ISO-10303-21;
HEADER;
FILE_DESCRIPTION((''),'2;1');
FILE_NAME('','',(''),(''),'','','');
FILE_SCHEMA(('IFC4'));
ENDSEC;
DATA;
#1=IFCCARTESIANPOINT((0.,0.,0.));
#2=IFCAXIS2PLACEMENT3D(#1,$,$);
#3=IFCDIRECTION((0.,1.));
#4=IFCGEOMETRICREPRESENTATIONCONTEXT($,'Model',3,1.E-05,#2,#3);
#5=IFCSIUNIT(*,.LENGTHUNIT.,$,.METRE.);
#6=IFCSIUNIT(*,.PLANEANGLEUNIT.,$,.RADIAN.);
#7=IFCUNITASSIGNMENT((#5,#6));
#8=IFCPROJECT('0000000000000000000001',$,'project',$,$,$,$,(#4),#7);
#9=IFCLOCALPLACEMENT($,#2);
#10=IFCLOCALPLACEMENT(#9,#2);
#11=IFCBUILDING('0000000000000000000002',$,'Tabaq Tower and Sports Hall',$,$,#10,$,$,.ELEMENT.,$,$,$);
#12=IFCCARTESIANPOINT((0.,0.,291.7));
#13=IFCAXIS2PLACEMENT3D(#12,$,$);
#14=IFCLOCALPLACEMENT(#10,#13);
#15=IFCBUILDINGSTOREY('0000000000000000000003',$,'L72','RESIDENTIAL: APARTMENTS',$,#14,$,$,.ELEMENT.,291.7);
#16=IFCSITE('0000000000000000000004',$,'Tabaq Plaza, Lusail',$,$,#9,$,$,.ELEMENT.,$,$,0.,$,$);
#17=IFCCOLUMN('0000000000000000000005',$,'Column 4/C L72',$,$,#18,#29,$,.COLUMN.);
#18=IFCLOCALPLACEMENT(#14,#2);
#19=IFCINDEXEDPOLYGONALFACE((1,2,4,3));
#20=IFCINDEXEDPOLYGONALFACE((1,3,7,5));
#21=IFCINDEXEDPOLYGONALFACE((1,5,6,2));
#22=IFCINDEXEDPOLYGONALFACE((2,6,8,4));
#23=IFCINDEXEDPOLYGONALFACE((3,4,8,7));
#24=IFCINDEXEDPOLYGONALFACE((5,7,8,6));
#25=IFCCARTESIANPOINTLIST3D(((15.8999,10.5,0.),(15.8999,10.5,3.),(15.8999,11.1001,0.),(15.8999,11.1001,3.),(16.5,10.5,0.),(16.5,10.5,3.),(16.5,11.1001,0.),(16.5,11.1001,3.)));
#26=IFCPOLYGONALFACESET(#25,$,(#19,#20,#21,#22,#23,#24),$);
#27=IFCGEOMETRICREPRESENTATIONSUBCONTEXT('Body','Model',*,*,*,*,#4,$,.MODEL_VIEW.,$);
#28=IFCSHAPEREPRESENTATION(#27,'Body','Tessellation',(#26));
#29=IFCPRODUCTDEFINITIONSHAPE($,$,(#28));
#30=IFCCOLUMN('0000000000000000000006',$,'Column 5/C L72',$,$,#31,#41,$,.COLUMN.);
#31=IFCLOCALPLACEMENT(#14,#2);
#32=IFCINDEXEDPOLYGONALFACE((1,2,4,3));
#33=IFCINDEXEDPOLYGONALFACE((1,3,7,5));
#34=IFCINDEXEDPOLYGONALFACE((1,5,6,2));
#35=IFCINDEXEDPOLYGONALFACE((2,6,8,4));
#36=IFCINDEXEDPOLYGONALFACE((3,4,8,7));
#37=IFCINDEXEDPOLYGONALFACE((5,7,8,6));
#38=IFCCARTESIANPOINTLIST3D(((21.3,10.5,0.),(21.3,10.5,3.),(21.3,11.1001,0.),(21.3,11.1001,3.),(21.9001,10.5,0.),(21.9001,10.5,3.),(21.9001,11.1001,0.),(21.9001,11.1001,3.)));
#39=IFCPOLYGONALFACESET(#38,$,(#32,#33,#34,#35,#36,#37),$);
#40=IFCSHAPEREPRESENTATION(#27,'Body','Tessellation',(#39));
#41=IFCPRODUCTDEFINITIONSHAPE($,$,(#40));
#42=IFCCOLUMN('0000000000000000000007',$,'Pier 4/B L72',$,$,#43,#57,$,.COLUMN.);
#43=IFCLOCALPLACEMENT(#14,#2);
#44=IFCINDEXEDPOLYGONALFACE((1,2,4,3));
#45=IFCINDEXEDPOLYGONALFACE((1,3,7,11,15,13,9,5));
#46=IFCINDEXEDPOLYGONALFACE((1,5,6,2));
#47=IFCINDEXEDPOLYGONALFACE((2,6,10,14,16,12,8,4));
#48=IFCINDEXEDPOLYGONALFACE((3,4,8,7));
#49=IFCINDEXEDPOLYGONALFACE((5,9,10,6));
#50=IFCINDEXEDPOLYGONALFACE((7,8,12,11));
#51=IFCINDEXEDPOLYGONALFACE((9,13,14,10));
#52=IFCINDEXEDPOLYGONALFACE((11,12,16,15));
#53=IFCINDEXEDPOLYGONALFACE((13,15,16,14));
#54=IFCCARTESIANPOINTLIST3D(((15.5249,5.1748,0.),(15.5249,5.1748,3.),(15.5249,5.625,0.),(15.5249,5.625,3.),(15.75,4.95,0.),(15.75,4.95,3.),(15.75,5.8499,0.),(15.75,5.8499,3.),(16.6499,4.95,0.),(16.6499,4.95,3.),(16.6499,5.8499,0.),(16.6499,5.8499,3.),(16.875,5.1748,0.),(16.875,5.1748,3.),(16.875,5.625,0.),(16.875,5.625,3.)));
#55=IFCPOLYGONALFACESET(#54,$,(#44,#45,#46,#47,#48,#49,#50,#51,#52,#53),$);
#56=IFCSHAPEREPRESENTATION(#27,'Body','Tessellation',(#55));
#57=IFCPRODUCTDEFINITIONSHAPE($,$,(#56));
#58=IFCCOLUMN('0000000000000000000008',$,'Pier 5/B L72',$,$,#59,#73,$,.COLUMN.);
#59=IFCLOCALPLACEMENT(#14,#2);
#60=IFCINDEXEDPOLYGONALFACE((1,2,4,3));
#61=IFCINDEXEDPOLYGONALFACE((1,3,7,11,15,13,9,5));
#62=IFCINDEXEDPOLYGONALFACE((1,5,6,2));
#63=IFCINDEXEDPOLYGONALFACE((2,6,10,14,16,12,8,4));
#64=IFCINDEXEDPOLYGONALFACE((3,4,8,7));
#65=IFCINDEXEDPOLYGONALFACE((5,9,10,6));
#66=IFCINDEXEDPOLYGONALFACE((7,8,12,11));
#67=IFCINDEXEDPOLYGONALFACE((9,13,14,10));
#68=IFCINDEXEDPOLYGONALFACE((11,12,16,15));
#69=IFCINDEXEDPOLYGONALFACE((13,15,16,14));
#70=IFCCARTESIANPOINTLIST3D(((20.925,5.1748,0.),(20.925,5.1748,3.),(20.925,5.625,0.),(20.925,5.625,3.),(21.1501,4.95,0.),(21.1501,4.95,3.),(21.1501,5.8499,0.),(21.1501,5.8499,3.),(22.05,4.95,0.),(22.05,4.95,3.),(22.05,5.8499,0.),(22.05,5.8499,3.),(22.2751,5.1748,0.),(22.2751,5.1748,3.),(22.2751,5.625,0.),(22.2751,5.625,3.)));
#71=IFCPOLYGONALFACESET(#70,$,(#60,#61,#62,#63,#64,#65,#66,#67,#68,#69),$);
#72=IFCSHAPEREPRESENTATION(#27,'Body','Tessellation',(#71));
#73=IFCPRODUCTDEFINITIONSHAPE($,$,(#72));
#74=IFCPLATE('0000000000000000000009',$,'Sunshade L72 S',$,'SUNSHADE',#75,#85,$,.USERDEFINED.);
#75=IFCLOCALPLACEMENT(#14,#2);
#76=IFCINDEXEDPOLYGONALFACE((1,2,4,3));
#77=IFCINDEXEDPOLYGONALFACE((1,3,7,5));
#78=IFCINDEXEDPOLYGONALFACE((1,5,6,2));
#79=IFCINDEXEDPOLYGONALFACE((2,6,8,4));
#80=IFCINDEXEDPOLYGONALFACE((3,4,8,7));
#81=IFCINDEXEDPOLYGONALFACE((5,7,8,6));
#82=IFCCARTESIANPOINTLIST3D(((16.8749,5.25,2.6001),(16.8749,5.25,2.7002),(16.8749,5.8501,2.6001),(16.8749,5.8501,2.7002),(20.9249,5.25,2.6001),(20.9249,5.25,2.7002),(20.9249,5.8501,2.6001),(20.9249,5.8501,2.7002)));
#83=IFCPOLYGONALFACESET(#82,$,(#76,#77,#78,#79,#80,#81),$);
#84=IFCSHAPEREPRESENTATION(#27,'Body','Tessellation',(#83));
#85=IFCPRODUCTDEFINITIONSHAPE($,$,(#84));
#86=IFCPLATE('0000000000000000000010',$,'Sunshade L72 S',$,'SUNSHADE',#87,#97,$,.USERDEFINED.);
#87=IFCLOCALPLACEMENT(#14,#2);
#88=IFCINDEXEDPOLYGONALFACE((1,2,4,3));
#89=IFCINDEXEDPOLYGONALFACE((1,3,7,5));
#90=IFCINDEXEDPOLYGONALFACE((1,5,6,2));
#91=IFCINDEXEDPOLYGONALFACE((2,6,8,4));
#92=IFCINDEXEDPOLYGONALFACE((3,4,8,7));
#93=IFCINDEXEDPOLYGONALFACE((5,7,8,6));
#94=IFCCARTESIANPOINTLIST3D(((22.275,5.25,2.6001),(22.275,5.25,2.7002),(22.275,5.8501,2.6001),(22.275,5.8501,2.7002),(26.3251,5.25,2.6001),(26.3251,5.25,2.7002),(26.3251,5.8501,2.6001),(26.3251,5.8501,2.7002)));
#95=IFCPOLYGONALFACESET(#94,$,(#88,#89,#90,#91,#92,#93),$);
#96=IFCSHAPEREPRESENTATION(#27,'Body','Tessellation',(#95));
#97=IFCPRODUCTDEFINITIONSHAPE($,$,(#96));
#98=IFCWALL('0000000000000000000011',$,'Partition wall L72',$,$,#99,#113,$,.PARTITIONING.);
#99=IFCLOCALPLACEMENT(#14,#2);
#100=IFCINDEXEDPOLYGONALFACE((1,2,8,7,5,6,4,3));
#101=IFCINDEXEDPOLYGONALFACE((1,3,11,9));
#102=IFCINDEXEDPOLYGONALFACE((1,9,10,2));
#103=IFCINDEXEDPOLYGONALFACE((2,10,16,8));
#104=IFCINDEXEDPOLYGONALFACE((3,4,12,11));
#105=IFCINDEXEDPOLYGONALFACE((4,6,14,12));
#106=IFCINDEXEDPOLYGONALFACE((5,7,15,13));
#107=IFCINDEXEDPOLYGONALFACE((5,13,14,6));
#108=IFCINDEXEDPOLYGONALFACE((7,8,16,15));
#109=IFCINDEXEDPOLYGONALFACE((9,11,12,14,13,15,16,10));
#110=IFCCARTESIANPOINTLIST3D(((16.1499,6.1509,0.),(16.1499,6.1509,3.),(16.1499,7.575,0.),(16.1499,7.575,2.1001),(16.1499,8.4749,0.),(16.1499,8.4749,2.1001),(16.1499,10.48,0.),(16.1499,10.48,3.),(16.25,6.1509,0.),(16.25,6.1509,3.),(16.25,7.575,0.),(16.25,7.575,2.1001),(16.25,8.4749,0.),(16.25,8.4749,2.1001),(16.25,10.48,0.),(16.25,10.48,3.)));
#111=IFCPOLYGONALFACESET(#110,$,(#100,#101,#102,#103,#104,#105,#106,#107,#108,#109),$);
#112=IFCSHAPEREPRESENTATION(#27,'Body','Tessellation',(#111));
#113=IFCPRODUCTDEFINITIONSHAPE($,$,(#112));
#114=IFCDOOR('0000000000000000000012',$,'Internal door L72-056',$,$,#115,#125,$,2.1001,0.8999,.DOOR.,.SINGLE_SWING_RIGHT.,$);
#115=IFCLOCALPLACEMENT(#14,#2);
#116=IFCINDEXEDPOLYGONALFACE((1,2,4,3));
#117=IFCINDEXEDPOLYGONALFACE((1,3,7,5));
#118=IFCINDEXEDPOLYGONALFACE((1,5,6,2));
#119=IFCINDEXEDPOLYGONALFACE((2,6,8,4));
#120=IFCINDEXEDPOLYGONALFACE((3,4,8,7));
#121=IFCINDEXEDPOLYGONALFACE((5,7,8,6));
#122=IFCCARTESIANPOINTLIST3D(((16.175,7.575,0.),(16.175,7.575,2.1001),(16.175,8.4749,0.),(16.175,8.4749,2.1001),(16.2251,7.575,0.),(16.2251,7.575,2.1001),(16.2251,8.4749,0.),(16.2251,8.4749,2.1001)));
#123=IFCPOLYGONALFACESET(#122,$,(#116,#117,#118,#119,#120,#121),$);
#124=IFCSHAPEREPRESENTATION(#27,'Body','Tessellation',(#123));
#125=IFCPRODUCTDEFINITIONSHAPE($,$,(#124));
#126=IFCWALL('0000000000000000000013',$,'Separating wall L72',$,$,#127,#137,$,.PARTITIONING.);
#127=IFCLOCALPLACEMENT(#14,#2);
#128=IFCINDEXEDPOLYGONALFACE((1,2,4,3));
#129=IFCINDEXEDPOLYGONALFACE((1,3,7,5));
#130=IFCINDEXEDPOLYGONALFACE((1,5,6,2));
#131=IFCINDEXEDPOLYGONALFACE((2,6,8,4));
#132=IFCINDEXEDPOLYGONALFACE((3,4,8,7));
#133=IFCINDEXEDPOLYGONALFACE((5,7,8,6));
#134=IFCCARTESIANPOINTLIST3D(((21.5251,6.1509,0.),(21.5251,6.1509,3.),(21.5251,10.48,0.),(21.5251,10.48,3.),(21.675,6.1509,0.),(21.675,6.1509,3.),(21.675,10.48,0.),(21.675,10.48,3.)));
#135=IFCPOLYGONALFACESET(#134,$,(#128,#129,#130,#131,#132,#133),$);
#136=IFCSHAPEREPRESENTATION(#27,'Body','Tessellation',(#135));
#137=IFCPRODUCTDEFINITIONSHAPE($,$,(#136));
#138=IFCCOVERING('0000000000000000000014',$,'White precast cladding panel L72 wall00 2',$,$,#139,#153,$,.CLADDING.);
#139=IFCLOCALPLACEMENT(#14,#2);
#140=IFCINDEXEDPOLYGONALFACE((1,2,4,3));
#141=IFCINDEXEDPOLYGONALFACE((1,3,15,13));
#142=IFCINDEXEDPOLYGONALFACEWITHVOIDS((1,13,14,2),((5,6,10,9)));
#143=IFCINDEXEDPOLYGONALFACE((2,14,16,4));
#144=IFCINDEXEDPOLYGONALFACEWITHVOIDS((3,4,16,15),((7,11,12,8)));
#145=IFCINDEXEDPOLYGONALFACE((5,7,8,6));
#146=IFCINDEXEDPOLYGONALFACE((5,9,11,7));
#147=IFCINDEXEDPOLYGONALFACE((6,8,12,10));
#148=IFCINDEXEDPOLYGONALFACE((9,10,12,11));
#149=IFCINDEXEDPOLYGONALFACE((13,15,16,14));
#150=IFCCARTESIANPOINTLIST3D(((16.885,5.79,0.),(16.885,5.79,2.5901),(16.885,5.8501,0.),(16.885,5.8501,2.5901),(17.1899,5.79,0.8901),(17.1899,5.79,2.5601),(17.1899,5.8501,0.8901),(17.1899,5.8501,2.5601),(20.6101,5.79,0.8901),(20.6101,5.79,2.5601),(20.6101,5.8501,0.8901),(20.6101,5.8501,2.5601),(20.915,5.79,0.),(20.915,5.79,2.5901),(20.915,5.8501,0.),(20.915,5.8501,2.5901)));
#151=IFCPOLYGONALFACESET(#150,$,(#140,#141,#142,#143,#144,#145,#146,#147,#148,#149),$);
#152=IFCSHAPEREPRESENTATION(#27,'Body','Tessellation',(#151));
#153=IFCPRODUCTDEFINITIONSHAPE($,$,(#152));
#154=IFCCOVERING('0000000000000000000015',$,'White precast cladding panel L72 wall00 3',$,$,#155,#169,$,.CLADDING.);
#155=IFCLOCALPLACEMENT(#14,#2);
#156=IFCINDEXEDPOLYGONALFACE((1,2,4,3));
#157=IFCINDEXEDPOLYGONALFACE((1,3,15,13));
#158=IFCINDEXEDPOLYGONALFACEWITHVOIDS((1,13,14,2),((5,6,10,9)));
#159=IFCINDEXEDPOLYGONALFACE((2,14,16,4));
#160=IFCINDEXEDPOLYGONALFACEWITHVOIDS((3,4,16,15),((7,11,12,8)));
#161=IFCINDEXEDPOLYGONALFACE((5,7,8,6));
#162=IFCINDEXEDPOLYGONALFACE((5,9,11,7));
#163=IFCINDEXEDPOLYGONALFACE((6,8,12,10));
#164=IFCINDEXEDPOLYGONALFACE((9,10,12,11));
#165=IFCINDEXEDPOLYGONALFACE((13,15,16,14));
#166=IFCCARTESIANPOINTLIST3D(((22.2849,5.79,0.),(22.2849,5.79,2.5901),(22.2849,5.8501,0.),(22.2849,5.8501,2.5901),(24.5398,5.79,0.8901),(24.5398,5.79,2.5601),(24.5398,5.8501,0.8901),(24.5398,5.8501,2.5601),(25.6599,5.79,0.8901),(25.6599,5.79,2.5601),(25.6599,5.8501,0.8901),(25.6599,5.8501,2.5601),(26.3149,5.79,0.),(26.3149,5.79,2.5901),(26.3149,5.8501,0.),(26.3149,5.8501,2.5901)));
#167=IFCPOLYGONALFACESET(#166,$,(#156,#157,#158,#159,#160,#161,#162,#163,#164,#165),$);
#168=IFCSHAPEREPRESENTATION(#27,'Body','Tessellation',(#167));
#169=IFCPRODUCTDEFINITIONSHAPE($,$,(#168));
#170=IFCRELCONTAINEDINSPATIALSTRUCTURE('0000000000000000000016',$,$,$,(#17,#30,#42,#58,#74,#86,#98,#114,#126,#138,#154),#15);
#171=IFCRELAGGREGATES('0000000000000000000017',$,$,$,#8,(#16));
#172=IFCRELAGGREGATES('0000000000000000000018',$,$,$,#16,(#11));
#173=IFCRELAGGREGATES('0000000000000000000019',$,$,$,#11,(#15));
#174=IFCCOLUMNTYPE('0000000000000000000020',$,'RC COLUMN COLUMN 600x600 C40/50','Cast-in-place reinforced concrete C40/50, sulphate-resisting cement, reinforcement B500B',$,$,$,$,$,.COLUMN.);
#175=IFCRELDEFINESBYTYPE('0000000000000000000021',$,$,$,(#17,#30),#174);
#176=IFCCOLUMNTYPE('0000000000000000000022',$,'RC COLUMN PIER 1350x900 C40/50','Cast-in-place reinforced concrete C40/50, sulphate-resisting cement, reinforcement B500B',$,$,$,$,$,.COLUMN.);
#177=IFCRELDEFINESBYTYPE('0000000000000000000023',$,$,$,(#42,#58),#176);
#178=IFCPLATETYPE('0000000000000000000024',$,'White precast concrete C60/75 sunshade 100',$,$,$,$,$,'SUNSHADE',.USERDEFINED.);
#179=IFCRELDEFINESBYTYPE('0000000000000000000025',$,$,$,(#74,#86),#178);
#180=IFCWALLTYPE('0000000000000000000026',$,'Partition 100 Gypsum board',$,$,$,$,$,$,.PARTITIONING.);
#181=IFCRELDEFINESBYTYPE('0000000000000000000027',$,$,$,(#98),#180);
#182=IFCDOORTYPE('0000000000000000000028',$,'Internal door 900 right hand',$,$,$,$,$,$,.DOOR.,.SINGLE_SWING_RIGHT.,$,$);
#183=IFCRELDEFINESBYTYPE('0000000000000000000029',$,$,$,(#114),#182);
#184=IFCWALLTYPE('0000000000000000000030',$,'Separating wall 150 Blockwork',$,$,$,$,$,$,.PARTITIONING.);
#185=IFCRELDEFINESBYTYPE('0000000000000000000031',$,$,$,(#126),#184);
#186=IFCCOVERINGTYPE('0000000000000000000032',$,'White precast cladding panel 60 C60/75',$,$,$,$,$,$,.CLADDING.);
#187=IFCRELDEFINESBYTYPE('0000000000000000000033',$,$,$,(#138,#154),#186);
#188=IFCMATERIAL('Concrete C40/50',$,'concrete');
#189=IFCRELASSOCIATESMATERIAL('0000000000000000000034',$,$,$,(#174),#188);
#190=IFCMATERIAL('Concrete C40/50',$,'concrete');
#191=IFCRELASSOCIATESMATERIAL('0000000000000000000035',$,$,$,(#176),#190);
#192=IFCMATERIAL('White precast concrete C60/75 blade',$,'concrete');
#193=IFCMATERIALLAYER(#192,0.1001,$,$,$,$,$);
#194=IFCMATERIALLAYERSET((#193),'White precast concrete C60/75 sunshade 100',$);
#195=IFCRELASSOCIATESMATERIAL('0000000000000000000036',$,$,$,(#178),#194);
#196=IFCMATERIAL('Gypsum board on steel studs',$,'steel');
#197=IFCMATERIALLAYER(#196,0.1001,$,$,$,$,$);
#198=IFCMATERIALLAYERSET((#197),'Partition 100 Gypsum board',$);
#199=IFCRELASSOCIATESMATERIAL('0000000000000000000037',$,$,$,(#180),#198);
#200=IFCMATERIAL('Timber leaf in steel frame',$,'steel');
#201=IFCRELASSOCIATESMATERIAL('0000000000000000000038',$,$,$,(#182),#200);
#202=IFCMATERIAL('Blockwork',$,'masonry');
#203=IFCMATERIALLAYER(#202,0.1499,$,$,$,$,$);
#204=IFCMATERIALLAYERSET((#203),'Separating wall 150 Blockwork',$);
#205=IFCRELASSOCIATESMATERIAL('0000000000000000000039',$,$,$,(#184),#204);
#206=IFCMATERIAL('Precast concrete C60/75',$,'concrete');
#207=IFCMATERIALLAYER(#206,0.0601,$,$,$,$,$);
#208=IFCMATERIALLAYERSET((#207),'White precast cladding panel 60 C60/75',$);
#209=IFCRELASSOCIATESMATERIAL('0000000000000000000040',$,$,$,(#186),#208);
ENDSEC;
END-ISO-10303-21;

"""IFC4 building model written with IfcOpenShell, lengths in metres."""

from ifc_helpers import new_model, si_unit, direction, frame, frame_2d, origin, origin_2d, place, context, subcontext, project, spatial, polyline, rectangle, outline, extrude, material, layer, layer_set, material_profile, profile_set, type_object, element, fill, save


model = new_model("IFC4")

# Units and contexts
model_context = context("Model", 3, precision=1e-05, world=origin(), true_north=direction((0.0, 1.0)))
body_context = subcontext(model_context, "Body", "Model", "MODEL_VIEW")
ifc_project = project(units=[si_unit("LENGTHUNIT", "METRE"), si_unit("PLANEANGLEUNIT", "RADIAN")], contexts=[model_context])

# Site, building, storey
site_placement = place(None, origin())
site = spatial("IfcSite", under=ifc_project, at=site_placement, Name="Tabaq Plaza, Lusail", CompositionType="ELEMENT", RefElevation=0.0)
building_placement = place(site_placement, origin())
building = spatial("IfcBuilding", under=site, at=building_placement, Name="Tabaq Tower and Sports Hall", CompositionType="ELEMENT")
storey_placement = place(building_placement, frame((0.0, 0.0, 291.7)))
storey = spatial("IfcBuildingStorey", under=building, at=storey_placement, Name="L72", Description="RESIDENTIAL: APARTMENTS", CompositionType="ELEMENT", Elevation=291.7)

# Columns
ifc_material_1 = material(Name="Concrete C40/50", Category="concrete")
ifc_material_profile_1 = material_profile(ifc_material_1, rectangle(XDim=0.6001, YDim=0.6001, at=origin_2d()), Name="COLUMN 600x600")
ifc_profile_set_1 = profile_set([ifc_material_profile_1], Name="Concrete C40/50")
column_type_1 = type_object("IfcColumnType", Name="RC COLUMN COLUMN 600x600 C40/50", Description="Cast-in-place reinforced concrete C40/50, sulphate-resisting cement, reinforcement B500B", PredefinedType="COLUMN", material=ifc_profile_set_1)
for number, where, z_axis, x_axis, name in (
    (1, (16.2, 10.8, 0.0), (0.0, 0.0, 1.0), (1.0, 0.0, 0.0), "Column 4/C L72"),
    (2, (21.6001, 10.8, 0.0), (0.0, 0.0, 1.0), (1.0, 0.0, 0.0), "Column 5/C L72"),
):
    element("IfcColumn", number, at=place(storey_placement, frame(where, z_axis=z_axis, x_axis=x_axis)), inside=storey, type_object=column_type_1, Name=name, PredefinedType="COLUMN", context=body_context, shape_type="SweptSolid", body=[
        extrude(rectangle(XDim=0.6001, YDim=0.6001, at=origin_2d()), origin(), (0.0, 0.0, 1.0), 3.0),
    ])
ifc_material_2 = material(Name="Concrete C40/50", Category="concrete")
ifc_material_profile_2 = material_profile(ifc_material_2, outline(polyline([(-0.45, -0.45), (0.45, -0.45), (0.675, -0.2251), (0.675, 0.2251), (0.45, 0.45), (-0.45, 0.45), (-0.675, 0.2251), (-0.675, -0.2251), (-0.45, -0.45)])), Name="PIER 1350x900")
ifc_profile_set_2 = profile_set([ifc_material_profile_2], Name="Concrete C40/50")
column_type_2 = type_object("IfcColumnType", Name="RC COLUMN PIER 1350x900 C40/50", Description="Cast-in-place reinforced concrete C40/50, sulphate-resisting cement, reinforcement B500B", PredefinedType="COLUMN", material=ifc_profile_set_2)
for number, where, z_axis, x_axis, name in (
    (3, (16.2, 5.3999, 0.0), (0.0, 0.0, 1.0), (1.0, 0.0, 0.0), "Pier 4/B L72"),
    (4, (21.6001, 5.3999, 0.0), (0.0, 0.0, 1.0), (1.0, 0.0, 0.0), "Pier 5/B L72"),
):
    element("IfcColumn", number, at=place(storey_placement, frame(where, z_axis=z_axis, x_axis=x_axis)), inside=storey, type_object=column_type_2, Name=name, PredefinedType="COLUMN", context=body_context, shape_type="SweptSolid", body=[
        extrude(outline(polyline([(-0.45, -0.45), (0.45, -0.45), (0.675, -0.2251), (0.675, 0.2251), (0.45, 0.45), (-0.45, 0.45), (-0.675, 0.2251), (-0.675, -0.2251), (-0.45, -0.45)])), origin(), (0.0, 0.0, 1.0), 3.0),
    ])

# Plates
ifc_material_3 = material(Name="White precast concrete C60/75 blade", Category="concrete")
ifc_layer_1 = layer(ifc_material_3, 0.1001)
ifc_layer_set_1 = layer_set([ifc_layer_1], Name="White precast concrete C60/75 sunshade 100")
plate_type = type_object("IfcPlateType", Name="White precast concrete C60/75 sunshade 100", ElementType="SUNSHADE", PredefinedType="USERDEFINED", material=ifc_layer_set_1)
for number, where, z_axis, x_axis, name in (
    (5, (18.8999, 5.55, 2.6001), (0.0, 0.0, 1.0), (1.0, 0.0, 0.0), "Sunshade L72 S"),
    (6, (24.3, 5.55, 2.6001), (0.0, 0.0, 1.0), (1.0, 0.0, 0.0), "Sunshade L72 S"),
):
    element("IfcPlate", number, at=place(storey_placement, frame(where, z_axis=z_axis, x_axis=x_axis)), inside=storey, type_object=plate_type, Name=name, ObjectType="SUNSHADE", PredefinedType="USERDEFINED", context=body_context, shape_type="SweptSolid", body=[
        extrude(rectangle(XDim=4.05, YDim=0.6001, at=origin_2d()), origin(), (0.0, 0.0, 1.0), 0.1001),
    ])

# Wall, opening, door
ifc_material_4 = material(Name="Gypsum board on steel studs", Category="steel")
ifc_layer_2 = layer(ifc_material_4, 0.1001)
ifc_layer_set_2 = layer_set([ifc_layer_2], Name="Partition 100 Gypsum board")
wall_type_1 = type_object("IfcWallType", Name="Partition 100 Gypsum board", PredefinedType="PARTITIONING", material=ifc_layer_set_2)
wall_1_placement = place(storey_placement, frame((16.2, 6.1509, 0.0), z_axis=(0.0, 0.0, 1.0), x_axis=(0.0, 1.0, 0.0)))
wall_1 = element("IfcWall", 7, at=wall_1_placement, inside=storey, type_object=wall_type_1, Name="Partition wall L72", PredefinedType="PARTITIONING", context=body_context, shape_type="SweptSolid", body=[
    extrude(rectangle(XDim=4.3291, YDim=0.1001, at=frame_2d((2.1646, 0.0))), origin(), (0.0, 0.0, 1.0), 3.0),
])
opening_placement = place(wall_1_placement, frame((1.4241, 0.0, 0.0)))
opening = element("IfcOpeningElement", 8, at=opening_placement, cuts=wall_1, PredefinedType="OPENING", context=body_context, shape_type="SweptSolid", body=[
    extrude(rectangle(XDim=0.8999, YDim=2.1001, at=frame_2d((0.45, 1.05))), frame((0.0, 0.05, 0.0), z_axis=(0.0, -1.0, 0.0), x_axis=(1.0, 0.0, 0.0)), (0.0, 0.0, 1.0), 0.1001),
])
ifc_material_5 = material(Name="Timber leaf in steel frame", Category="steel")
door_type = type_object("IfcDoorType", Name="Internal door 900 right hand", OperationType="SINGLE_SWING_RIGHT", PredefinedType="DOOR", material=ifc_material_5)
door_placement = place(opening_placement, origin())
door = element("IfcDoor", 9, at=door_placement, inside=storey, type_object=door_type, Name="Internal door L72-056", OperationType="SINGLE_SWING_RIGHT", OverallHeight=2.1001, OverallWidth=0.8999, PredefinedType="DOOR", context=body_context, shape_type="SweptSolid", body=[
    extrude(rectangle(XDim=0.8999, YDim=2.1001, at=frame_2d((0.45, 1.05))), frame((0.0, 0.0249, 0.0), z_axis=(0.0, -1.0, 0.0), x_axis=(1.0, 0.0, 0.0)), (0.0, 0.0, 1.0), 0.05),
])
fill(opening, door)

# Wall
ifc_material_6 = material(Name="Blockwork", Category="masonry")
ifc_layer_3 = layer(ifc_material_6, 0.1499)
ifc_layer_set_3 = layer_set([ifc_layer_3], Name="Separating wall 150 Blockwork")
wall_type_2 = type_object("IfcWallType", Name="Separating wall 150 Blockwork", PredefinedType="PARTITIONING", material=ifc_layer_set_3)
wall_2_placement = place(storey_placement, frame((21.6001, 6.1509, 0.0), z_axis=(0.0, 0.0, 1.0), x_axis=(0.0, 1.0, 0.0)))
element("IfcWall", 10, at=wall_2_placement, inside=storey, type_object=wall_type_2, Name="Separating wall L72", PredefinedType="PARTITIONING", context=body_context, shape_type="SweptSolid", body=[
    extrude(rectangle(XDim=4.3291, YDim=0.1499, at=frame_2d((2.1646, 0.0))), origin(), (0.0, 0.0, 1.0), 3.0),
])

# Coverings
ifc_material_7 = material(Name="Precast concrete C60/75", Category="concrete")
ifc_layer_4 = layer(ifc_material_7, 0.0601)
ifc_layer_set_4 = layer_set([ifc_layer_4], Name="White precast cladding panel 60 C60/75")
covering_type = type_object("IfcCoveringType", Name="White precast cladding panel 60 C60/75", PredefinedType="CLADDING", material=ifc_layer_set_4)
covering_1_placement = place(storey_placement, frame((16.885, 5.8201, 0.0), z_axis=(0.0, 0.0, 1.0), x_axis=(1.0, 0.0, 0.0)))
element("IfcCovering", 11, at=covering_1_placement, inside=storey, type_object=covering_type, Name="White precast cladding panel L72 wall00 2", PredefinedType="CLADDING", context=body_context, shape_type="SweptSolid", body=[
    extrude(outline(polyline([(0.0, 0.0), (4.03, 0.0), (4.03, 2.5901), (0.0, 2.5901), (0.0, 0.0)]), holes=[polyline([(3.7251, 0.8901), (0.3049, 0.8901), (0.3049, 2.5601), (3.7251, 2.5601), (3.7251, 0.8901)])]), frame((0.0, 0.03, 0.0), z_axis=(0.0, -1.0, 0.0), x_axis=(1.0, 0.0, 0.0)), (0.0, 0.0, 1.0), 0.0601),
])
covering_2_placement = place(storey_placement, frame((22.2849, 5.8201, 0.0), z_axis=(0.0, 0.0, 1.0), x_axis=(1.0, 0.0, 0.0)))
element("IfcCovering", 12, at=covering_2_placement, inside=storey, type_object=covering_type, Name="White precast cladding panel L72 wall00 3", PredefinedType="CLADDING", context=body_context, shape_type="SweptSolid", body=[
    extrude(outline(polyline([(0.0, 0.0), (4.03, 0.0), (4.03, 2.5901), (0.0, 2.5901), (0.0, 0.0)]), holes=[polyline([(3.375, 0.8901), (2.2549, 0.8901), (2.2549, 2.5601), (3.375, 2.5601), (3.375, 0.8901)])]), frame((0.0, 0.03, 0.0), z_axis=(0.0, -1.0, 0.0), x_axis=(1.0, 0.0, 0.0)), (0.0, 0.0, 1.0), 0.0601),
])

save(model, "model.ifc")
